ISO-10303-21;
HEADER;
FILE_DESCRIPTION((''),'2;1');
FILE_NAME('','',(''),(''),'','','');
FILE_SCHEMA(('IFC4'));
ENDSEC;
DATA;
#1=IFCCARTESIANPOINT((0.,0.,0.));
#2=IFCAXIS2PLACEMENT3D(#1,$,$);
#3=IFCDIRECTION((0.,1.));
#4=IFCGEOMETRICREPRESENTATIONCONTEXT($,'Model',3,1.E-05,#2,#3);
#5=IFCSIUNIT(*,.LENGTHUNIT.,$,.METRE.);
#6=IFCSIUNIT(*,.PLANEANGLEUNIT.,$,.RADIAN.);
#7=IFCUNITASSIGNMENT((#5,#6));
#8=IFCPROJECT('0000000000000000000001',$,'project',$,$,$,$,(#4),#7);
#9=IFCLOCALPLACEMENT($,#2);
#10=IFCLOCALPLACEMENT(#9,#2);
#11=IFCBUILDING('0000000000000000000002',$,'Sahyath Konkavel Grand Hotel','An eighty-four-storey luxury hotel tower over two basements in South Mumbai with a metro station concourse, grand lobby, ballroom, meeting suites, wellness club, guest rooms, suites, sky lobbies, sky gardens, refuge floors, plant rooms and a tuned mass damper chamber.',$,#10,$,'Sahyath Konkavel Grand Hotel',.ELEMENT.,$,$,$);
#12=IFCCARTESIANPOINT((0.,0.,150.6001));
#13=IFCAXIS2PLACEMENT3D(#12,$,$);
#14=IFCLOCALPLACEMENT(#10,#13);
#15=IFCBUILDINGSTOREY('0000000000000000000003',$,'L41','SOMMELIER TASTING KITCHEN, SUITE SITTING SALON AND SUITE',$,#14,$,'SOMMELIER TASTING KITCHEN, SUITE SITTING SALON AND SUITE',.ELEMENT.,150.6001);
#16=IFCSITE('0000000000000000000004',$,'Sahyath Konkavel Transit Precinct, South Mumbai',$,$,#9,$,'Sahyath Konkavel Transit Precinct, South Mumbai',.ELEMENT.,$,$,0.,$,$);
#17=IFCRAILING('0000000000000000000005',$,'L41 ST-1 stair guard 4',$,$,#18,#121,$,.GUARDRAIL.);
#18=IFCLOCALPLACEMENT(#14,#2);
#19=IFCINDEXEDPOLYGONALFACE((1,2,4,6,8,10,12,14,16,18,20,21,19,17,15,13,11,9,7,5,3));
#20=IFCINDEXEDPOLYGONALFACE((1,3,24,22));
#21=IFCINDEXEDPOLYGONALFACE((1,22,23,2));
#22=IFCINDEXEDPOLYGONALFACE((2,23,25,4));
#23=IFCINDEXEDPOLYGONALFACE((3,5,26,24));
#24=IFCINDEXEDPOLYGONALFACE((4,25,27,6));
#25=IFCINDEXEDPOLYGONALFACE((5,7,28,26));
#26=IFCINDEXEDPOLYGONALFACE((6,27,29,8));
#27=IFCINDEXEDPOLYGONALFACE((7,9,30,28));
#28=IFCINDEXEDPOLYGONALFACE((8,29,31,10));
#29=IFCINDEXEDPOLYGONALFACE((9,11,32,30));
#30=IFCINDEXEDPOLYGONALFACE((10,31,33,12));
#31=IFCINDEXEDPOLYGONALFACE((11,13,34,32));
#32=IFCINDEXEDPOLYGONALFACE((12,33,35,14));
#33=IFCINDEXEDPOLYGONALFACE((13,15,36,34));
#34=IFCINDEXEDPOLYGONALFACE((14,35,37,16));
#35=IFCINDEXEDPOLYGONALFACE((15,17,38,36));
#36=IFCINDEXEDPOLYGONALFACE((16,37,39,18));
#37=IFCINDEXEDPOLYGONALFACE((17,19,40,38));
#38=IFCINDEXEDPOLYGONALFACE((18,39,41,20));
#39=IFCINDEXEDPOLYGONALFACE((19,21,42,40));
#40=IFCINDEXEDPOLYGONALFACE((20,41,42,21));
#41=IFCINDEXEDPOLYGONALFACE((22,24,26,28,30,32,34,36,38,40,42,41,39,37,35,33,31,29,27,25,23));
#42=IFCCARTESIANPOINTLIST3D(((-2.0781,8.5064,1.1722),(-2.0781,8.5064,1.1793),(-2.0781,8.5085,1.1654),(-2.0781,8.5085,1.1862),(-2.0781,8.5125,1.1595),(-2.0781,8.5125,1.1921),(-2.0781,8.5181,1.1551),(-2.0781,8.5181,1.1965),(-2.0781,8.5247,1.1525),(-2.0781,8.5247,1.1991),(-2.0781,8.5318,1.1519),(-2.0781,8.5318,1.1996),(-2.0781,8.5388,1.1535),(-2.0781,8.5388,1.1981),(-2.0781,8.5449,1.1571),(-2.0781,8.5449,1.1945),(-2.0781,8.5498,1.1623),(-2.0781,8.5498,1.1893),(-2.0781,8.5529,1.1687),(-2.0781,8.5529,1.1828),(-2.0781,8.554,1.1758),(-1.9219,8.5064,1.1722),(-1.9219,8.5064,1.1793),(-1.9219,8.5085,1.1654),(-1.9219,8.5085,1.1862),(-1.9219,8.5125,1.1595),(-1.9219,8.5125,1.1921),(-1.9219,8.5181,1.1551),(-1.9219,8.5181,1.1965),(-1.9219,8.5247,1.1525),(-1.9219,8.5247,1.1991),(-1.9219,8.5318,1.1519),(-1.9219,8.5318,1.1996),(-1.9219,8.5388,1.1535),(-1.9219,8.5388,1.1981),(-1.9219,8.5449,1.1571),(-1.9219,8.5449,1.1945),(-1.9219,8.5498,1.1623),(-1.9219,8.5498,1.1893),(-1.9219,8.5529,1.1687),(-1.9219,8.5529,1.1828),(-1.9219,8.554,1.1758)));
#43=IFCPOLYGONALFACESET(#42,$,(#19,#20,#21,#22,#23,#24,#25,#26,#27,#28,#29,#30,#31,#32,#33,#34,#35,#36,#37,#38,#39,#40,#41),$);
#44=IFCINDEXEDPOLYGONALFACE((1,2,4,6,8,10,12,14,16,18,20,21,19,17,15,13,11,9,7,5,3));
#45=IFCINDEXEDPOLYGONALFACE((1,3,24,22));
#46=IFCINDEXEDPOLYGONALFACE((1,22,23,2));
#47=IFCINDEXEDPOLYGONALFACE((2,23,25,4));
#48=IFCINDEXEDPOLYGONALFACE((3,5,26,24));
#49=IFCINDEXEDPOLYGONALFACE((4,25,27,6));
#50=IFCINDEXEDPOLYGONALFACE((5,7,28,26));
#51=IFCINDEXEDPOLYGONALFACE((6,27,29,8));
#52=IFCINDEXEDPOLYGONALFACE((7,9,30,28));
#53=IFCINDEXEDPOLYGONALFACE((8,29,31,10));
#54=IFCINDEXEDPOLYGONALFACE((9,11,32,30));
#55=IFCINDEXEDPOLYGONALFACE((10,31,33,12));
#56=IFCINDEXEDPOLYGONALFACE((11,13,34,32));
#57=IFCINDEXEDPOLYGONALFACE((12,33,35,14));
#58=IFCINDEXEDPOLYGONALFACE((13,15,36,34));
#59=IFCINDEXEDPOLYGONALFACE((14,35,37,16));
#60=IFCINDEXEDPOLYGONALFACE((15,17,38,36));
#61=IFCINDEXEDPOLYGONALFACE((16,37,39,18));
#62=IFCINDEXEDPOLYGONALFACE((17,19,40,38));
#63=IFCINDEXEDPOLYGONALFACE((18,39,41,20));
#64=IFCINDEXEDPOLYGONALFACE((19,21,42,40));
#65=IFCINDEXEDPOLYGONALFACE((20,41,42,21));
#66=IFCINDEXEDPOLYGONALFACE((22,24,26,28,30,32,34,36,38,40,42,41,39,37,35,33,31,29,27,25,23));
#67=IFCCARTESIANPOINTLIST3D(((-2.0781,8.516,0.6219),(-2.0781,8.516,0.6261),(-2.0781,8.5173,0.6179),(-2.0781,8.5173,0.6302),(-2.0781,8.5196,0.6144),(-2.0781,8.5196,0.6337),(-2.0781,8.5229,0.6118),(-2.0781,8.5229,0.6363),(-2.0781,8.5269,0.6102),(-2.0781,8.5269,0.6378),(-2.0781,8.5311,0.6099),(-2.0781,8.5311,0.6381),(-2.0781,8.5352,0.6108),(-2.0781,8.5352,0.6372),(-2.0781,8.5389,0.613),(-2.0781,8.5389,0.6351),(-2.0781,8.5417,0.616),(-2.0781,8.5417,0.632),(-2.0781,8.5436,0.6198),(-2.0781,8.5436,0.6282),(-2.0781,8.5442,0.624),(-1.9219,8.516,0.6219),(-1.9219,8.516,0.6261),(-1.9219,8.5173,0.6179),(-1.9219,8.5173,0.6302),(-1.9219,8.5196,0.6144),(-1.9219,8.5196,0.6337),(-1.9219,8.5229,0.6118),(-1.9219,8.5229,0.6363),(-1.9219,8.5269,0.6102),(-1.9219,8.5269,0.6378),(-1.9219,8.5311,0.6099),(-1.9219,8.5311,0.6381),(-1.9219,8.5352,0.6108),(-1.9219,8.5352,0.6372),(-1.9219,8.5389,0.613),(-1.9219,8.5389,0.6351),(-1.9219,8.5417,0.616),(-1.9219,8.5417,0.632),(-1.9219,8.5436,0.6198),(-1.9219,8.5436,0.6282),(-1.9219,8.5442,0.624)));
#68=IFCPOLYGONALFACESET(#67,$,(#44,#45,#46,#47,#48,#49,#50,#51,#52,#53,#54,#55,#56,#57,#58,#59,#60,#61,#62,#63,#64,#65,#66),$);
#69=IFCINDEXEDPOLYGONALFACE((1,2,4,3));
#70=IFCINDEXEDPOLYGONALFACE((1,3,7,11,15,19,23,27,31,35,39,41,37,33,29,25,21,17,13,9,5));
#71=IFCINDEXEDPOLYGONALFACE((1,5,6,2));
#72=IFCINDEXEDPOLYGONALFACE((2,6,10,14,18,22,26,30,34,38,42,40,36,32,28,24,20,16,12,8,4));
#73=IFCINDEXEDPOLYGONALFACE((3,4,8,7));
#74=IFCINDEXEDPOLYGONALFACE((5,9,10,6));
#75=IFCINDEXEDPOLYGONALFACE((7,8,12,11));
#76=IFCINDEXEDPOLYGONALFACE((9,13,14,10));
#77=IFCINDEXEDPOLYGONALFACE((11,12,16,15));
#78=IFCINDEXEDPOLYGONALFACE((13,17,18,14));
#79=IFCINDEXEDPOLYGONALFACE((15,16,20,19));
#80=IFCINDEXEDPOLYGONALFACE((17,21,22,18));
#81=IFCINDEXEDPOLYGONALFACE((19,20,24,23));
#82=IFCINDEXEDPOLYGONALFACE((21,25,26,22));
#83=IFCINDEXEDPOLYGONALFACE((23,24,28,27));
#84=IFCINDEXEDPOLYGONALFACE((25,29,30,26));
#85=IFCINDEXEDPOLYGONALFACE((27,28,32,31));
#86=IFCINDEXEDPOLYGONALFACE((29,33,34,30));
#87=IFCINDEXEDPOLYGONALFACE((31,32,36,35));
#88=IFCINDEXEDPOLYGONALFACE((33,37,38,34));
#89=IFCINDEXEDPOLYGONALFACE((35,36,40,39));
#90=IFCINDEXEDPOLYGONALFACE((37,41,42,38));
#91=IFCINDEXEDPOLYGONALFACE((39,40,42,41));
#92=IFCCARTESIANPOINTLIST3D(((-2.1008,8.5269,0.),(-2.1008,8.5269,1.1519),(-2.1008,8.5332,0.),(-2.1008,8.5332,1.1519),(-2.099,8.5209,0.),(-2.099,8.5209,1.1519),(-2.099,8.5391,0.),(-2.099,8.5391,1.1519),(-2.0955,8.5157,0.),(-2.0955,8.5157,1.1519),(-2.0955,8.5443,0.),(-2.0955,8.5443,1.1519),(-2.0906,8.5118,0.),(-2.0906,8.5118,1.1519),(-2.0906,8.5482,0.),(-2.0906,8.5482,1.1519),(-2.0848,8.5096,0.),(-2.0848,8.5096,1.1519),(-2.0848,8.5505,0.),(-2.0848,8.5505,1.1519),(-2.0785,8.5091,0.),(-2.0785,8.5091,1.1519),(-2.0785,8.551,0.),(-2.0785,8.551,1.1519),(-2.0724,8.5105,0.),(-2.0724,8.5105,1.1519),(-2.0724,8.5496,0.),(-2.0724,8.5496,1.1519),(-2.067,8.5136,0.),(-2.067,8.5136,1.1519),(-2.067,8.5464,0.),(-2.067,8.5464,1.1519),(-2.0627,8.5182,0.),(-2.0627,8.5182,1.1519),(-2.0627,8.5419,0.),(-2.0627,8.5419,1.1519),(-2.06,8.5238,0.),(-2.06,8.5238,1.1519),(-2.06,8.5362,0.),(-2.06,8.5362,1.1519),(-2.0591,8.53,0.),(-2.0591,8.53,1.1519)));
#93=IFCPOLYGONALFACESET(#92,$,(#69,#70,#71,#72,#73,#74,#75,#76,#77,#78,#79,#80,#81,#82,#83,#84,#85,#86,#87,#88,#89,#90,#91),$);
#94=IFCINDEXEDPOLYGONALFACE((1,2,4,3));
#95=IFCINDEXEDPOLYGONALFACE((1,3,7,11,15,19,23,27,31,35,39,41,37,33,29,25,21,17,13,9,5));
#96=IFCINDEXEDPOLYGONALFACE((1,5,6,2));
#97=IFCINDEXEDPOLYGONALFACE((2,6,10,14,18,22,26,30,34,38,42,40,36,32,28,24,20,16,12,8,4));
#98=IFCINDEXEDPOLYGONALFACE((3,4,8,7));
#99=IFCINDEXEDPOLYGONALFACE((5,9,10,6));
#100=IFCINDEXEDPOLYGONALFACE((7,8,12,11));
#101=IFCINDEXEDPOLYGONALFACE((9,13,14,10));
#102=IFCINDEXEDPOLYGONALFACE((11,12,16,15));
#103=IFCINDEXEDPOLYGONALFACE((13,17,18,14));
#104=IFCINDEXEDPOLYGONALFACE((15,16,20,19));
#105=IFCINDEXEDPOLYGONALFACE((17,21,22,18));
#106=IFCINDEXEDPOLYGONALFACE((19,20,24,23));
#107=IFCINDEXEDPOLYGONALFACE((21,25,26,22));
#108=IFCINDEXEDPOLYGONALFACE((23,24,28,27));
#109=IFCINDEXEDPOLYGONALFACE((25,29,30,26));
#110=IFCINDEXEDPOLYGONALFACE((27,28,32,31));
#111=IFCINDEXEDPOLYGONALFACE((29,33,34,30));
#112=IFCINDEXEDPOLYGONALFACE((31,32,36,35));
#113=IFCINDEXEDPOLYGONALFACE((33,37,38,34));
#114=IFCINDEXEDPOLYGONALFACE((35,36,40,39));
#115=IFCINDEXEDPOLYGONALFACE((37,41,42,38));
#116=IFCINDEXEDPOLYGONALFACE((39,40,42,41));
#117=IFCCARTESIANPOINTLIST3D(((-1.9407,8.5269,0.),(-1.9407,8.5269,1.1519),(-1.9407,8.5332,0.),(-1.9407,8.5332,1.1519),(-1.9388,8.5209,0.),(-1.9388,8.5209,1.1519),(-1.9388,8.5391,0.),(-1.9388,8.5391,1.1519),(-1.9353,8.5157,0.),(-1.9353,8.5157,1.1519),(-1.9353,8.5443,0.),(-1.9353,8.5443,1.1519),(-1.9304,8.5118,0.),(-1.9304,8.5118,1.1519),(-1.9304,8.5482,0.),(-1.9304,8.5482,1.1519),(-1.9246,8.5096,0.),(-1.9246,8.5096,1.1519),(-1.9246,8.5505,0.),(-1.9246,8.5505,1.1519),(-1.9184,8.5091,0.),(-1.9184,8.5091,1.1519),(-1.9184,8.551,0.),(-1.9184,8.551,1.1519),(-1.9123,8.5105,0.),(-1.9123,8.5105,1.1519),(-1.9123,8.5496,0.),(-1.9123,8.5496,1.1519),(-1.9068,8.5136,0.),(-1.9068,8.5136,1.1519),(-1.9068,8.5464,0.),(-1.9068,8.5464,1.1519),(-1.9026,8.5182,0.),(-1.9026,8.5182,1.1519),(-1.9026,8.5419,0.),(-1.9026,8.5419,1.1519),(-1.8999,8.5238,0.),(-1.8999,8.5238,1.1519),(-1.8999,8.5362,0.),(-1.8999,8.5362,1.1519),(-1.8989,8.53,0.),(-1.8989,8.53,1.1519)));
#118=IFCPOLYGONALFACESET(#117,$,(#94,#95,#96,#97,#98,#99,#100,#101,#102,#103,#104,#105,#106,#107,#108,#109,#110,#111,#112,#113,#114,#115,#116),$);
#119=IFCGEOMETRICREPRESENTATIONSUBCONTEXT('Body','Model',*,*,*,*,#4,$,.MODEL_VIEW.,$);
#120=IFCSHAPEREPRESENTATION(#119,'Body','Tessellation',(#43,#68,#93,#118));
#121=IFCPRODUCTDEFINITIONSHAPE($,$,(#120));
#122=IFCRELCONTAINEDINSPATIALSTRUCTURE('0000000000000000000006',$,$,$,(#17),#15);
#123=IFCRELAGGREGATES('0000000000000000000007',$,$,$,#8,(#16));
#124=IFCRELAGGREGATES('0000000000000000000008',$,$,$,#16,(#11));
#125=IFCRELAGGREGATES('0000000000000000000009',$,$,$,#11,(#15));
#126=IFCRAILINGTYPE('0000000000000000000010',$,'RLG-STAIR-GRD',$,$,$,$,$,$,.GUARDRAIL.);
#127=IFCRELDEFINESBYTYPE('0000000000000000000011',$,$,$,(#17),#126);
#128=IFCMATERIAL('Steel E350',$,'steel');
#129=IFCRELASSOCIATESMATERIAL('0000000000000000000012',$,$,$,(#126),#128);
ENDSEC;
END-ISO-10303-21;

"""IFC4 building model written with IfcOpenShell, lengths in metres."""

from ifc_helpers import new_model, si_unit, direction, frame, origin, origin_2d, place, context, subcontext, project, spatial, circle, extrude, material, type_object, element, save


model = new_model("IFC4")

# Units and contexts
model_context = context("Model", 3, precision=1e-05, world=origin(), true_north=direction((0.0, 1.0)))
body_context = subcontext(model_context, "Body", "Model", "MODEL_VIEW")
ifc_project = project(units=[si_unit("LENGTHUNIT", "METRE"), si_unit("PLANEANGLEUNIT", "RADIAN")], contexts=[model_context])

# Site, building, storey
site_placement = place(None, origin())
site = spatial("IfcSite", under=ifc_project, at=site_placement, Name="Sahyath Konkavel Transit Precinct, South Mumbai", LongName="Sahyath Konkavel Transit Precinct, South Mumbai", CompositionType="ELEMENT", RefElevation=0.0)
building_placement = place(site_placement, origin())
building = spatial("IfcBuilding", under=site, at=building_placement, Name="Sahyath Konkavel Grand Hotel", Description="An eighty-four-storey luxury hotel tower over two basements in South Mumbai with a metro station concourse, grand lobby, ballroom, meeting suites, wellness club, guest rooms, suites, sky lobbies, sky gardens, refuge floors, plant rooms and a tuned mass damper chamber.", LongName="Sahyath Konkavel Grand Hotel", CompositionType="ELEMENT")
storey_placement = place(building_placement, frame((0.0, 0.0, 150.6001)))
storey = spatial("IfcBuildingStorey", under=building, at=storey_placement, Name="L41", Description="SOMMELIER TASTING KITCHEN, SUITE SITTING SALON AND SUITE", LongName="SOMMELIER TASTING KITCHEN, SUITE SITTING SALON AND SUITE", CompositionType="ELEMENT", Elevation=150.6001)

# Shared definitions
ifc_material_1 = material(Name="Steel E350", Category="steel")

# Railing
railing_type_1 = type_object("IfcRailingType", Name="RLG-STAIR-GRD", PredefinedType="GUARDRAIL", material=ifc_material_1)
railing_1_placement = place(storey_placement, frame((-2.0801, 8.53, 0.0)))
element("IfcRailing", 1, at=railing_1_placement, inside=storey, type_object=railing_type_1, Name="L41 ST-1 stair guard 4", PredefinedType="GUARDRAIL", context=body_context, shape_type="SweptSolid", body=[
    extrude(circle(Radius=0.0239, at=origin_2d()), frame((0.002, 0.0, 1.1758), z_axis=(1.0, 0.0, 0.0), x_axis=(0.0, 1.0, 0.0)), (0.0, 0.0, 1.0), 0.1562),
    extrude(circle(Radius=0.0142, at=origin_2d()), frame((0.002, 0.0, 0.624), z_axis=(1.0, 0.0, 0.0), x_axis=(0.0, 1.0, 0.0)), (0.0, 0.0, 1.0), 0.1562),
    extrude(circle(Radius=0.021, at=origin_2d()), origin(), (0.0, 0.0, 1.0), 1.1519),
    extrude(circle(Radius=0.021, at=origin_2d()), frame((0.1602, 0.0, 0.0)), (0.0, 0.0, 1.0), 1.1519),
])

save(model, "model.ifc")
